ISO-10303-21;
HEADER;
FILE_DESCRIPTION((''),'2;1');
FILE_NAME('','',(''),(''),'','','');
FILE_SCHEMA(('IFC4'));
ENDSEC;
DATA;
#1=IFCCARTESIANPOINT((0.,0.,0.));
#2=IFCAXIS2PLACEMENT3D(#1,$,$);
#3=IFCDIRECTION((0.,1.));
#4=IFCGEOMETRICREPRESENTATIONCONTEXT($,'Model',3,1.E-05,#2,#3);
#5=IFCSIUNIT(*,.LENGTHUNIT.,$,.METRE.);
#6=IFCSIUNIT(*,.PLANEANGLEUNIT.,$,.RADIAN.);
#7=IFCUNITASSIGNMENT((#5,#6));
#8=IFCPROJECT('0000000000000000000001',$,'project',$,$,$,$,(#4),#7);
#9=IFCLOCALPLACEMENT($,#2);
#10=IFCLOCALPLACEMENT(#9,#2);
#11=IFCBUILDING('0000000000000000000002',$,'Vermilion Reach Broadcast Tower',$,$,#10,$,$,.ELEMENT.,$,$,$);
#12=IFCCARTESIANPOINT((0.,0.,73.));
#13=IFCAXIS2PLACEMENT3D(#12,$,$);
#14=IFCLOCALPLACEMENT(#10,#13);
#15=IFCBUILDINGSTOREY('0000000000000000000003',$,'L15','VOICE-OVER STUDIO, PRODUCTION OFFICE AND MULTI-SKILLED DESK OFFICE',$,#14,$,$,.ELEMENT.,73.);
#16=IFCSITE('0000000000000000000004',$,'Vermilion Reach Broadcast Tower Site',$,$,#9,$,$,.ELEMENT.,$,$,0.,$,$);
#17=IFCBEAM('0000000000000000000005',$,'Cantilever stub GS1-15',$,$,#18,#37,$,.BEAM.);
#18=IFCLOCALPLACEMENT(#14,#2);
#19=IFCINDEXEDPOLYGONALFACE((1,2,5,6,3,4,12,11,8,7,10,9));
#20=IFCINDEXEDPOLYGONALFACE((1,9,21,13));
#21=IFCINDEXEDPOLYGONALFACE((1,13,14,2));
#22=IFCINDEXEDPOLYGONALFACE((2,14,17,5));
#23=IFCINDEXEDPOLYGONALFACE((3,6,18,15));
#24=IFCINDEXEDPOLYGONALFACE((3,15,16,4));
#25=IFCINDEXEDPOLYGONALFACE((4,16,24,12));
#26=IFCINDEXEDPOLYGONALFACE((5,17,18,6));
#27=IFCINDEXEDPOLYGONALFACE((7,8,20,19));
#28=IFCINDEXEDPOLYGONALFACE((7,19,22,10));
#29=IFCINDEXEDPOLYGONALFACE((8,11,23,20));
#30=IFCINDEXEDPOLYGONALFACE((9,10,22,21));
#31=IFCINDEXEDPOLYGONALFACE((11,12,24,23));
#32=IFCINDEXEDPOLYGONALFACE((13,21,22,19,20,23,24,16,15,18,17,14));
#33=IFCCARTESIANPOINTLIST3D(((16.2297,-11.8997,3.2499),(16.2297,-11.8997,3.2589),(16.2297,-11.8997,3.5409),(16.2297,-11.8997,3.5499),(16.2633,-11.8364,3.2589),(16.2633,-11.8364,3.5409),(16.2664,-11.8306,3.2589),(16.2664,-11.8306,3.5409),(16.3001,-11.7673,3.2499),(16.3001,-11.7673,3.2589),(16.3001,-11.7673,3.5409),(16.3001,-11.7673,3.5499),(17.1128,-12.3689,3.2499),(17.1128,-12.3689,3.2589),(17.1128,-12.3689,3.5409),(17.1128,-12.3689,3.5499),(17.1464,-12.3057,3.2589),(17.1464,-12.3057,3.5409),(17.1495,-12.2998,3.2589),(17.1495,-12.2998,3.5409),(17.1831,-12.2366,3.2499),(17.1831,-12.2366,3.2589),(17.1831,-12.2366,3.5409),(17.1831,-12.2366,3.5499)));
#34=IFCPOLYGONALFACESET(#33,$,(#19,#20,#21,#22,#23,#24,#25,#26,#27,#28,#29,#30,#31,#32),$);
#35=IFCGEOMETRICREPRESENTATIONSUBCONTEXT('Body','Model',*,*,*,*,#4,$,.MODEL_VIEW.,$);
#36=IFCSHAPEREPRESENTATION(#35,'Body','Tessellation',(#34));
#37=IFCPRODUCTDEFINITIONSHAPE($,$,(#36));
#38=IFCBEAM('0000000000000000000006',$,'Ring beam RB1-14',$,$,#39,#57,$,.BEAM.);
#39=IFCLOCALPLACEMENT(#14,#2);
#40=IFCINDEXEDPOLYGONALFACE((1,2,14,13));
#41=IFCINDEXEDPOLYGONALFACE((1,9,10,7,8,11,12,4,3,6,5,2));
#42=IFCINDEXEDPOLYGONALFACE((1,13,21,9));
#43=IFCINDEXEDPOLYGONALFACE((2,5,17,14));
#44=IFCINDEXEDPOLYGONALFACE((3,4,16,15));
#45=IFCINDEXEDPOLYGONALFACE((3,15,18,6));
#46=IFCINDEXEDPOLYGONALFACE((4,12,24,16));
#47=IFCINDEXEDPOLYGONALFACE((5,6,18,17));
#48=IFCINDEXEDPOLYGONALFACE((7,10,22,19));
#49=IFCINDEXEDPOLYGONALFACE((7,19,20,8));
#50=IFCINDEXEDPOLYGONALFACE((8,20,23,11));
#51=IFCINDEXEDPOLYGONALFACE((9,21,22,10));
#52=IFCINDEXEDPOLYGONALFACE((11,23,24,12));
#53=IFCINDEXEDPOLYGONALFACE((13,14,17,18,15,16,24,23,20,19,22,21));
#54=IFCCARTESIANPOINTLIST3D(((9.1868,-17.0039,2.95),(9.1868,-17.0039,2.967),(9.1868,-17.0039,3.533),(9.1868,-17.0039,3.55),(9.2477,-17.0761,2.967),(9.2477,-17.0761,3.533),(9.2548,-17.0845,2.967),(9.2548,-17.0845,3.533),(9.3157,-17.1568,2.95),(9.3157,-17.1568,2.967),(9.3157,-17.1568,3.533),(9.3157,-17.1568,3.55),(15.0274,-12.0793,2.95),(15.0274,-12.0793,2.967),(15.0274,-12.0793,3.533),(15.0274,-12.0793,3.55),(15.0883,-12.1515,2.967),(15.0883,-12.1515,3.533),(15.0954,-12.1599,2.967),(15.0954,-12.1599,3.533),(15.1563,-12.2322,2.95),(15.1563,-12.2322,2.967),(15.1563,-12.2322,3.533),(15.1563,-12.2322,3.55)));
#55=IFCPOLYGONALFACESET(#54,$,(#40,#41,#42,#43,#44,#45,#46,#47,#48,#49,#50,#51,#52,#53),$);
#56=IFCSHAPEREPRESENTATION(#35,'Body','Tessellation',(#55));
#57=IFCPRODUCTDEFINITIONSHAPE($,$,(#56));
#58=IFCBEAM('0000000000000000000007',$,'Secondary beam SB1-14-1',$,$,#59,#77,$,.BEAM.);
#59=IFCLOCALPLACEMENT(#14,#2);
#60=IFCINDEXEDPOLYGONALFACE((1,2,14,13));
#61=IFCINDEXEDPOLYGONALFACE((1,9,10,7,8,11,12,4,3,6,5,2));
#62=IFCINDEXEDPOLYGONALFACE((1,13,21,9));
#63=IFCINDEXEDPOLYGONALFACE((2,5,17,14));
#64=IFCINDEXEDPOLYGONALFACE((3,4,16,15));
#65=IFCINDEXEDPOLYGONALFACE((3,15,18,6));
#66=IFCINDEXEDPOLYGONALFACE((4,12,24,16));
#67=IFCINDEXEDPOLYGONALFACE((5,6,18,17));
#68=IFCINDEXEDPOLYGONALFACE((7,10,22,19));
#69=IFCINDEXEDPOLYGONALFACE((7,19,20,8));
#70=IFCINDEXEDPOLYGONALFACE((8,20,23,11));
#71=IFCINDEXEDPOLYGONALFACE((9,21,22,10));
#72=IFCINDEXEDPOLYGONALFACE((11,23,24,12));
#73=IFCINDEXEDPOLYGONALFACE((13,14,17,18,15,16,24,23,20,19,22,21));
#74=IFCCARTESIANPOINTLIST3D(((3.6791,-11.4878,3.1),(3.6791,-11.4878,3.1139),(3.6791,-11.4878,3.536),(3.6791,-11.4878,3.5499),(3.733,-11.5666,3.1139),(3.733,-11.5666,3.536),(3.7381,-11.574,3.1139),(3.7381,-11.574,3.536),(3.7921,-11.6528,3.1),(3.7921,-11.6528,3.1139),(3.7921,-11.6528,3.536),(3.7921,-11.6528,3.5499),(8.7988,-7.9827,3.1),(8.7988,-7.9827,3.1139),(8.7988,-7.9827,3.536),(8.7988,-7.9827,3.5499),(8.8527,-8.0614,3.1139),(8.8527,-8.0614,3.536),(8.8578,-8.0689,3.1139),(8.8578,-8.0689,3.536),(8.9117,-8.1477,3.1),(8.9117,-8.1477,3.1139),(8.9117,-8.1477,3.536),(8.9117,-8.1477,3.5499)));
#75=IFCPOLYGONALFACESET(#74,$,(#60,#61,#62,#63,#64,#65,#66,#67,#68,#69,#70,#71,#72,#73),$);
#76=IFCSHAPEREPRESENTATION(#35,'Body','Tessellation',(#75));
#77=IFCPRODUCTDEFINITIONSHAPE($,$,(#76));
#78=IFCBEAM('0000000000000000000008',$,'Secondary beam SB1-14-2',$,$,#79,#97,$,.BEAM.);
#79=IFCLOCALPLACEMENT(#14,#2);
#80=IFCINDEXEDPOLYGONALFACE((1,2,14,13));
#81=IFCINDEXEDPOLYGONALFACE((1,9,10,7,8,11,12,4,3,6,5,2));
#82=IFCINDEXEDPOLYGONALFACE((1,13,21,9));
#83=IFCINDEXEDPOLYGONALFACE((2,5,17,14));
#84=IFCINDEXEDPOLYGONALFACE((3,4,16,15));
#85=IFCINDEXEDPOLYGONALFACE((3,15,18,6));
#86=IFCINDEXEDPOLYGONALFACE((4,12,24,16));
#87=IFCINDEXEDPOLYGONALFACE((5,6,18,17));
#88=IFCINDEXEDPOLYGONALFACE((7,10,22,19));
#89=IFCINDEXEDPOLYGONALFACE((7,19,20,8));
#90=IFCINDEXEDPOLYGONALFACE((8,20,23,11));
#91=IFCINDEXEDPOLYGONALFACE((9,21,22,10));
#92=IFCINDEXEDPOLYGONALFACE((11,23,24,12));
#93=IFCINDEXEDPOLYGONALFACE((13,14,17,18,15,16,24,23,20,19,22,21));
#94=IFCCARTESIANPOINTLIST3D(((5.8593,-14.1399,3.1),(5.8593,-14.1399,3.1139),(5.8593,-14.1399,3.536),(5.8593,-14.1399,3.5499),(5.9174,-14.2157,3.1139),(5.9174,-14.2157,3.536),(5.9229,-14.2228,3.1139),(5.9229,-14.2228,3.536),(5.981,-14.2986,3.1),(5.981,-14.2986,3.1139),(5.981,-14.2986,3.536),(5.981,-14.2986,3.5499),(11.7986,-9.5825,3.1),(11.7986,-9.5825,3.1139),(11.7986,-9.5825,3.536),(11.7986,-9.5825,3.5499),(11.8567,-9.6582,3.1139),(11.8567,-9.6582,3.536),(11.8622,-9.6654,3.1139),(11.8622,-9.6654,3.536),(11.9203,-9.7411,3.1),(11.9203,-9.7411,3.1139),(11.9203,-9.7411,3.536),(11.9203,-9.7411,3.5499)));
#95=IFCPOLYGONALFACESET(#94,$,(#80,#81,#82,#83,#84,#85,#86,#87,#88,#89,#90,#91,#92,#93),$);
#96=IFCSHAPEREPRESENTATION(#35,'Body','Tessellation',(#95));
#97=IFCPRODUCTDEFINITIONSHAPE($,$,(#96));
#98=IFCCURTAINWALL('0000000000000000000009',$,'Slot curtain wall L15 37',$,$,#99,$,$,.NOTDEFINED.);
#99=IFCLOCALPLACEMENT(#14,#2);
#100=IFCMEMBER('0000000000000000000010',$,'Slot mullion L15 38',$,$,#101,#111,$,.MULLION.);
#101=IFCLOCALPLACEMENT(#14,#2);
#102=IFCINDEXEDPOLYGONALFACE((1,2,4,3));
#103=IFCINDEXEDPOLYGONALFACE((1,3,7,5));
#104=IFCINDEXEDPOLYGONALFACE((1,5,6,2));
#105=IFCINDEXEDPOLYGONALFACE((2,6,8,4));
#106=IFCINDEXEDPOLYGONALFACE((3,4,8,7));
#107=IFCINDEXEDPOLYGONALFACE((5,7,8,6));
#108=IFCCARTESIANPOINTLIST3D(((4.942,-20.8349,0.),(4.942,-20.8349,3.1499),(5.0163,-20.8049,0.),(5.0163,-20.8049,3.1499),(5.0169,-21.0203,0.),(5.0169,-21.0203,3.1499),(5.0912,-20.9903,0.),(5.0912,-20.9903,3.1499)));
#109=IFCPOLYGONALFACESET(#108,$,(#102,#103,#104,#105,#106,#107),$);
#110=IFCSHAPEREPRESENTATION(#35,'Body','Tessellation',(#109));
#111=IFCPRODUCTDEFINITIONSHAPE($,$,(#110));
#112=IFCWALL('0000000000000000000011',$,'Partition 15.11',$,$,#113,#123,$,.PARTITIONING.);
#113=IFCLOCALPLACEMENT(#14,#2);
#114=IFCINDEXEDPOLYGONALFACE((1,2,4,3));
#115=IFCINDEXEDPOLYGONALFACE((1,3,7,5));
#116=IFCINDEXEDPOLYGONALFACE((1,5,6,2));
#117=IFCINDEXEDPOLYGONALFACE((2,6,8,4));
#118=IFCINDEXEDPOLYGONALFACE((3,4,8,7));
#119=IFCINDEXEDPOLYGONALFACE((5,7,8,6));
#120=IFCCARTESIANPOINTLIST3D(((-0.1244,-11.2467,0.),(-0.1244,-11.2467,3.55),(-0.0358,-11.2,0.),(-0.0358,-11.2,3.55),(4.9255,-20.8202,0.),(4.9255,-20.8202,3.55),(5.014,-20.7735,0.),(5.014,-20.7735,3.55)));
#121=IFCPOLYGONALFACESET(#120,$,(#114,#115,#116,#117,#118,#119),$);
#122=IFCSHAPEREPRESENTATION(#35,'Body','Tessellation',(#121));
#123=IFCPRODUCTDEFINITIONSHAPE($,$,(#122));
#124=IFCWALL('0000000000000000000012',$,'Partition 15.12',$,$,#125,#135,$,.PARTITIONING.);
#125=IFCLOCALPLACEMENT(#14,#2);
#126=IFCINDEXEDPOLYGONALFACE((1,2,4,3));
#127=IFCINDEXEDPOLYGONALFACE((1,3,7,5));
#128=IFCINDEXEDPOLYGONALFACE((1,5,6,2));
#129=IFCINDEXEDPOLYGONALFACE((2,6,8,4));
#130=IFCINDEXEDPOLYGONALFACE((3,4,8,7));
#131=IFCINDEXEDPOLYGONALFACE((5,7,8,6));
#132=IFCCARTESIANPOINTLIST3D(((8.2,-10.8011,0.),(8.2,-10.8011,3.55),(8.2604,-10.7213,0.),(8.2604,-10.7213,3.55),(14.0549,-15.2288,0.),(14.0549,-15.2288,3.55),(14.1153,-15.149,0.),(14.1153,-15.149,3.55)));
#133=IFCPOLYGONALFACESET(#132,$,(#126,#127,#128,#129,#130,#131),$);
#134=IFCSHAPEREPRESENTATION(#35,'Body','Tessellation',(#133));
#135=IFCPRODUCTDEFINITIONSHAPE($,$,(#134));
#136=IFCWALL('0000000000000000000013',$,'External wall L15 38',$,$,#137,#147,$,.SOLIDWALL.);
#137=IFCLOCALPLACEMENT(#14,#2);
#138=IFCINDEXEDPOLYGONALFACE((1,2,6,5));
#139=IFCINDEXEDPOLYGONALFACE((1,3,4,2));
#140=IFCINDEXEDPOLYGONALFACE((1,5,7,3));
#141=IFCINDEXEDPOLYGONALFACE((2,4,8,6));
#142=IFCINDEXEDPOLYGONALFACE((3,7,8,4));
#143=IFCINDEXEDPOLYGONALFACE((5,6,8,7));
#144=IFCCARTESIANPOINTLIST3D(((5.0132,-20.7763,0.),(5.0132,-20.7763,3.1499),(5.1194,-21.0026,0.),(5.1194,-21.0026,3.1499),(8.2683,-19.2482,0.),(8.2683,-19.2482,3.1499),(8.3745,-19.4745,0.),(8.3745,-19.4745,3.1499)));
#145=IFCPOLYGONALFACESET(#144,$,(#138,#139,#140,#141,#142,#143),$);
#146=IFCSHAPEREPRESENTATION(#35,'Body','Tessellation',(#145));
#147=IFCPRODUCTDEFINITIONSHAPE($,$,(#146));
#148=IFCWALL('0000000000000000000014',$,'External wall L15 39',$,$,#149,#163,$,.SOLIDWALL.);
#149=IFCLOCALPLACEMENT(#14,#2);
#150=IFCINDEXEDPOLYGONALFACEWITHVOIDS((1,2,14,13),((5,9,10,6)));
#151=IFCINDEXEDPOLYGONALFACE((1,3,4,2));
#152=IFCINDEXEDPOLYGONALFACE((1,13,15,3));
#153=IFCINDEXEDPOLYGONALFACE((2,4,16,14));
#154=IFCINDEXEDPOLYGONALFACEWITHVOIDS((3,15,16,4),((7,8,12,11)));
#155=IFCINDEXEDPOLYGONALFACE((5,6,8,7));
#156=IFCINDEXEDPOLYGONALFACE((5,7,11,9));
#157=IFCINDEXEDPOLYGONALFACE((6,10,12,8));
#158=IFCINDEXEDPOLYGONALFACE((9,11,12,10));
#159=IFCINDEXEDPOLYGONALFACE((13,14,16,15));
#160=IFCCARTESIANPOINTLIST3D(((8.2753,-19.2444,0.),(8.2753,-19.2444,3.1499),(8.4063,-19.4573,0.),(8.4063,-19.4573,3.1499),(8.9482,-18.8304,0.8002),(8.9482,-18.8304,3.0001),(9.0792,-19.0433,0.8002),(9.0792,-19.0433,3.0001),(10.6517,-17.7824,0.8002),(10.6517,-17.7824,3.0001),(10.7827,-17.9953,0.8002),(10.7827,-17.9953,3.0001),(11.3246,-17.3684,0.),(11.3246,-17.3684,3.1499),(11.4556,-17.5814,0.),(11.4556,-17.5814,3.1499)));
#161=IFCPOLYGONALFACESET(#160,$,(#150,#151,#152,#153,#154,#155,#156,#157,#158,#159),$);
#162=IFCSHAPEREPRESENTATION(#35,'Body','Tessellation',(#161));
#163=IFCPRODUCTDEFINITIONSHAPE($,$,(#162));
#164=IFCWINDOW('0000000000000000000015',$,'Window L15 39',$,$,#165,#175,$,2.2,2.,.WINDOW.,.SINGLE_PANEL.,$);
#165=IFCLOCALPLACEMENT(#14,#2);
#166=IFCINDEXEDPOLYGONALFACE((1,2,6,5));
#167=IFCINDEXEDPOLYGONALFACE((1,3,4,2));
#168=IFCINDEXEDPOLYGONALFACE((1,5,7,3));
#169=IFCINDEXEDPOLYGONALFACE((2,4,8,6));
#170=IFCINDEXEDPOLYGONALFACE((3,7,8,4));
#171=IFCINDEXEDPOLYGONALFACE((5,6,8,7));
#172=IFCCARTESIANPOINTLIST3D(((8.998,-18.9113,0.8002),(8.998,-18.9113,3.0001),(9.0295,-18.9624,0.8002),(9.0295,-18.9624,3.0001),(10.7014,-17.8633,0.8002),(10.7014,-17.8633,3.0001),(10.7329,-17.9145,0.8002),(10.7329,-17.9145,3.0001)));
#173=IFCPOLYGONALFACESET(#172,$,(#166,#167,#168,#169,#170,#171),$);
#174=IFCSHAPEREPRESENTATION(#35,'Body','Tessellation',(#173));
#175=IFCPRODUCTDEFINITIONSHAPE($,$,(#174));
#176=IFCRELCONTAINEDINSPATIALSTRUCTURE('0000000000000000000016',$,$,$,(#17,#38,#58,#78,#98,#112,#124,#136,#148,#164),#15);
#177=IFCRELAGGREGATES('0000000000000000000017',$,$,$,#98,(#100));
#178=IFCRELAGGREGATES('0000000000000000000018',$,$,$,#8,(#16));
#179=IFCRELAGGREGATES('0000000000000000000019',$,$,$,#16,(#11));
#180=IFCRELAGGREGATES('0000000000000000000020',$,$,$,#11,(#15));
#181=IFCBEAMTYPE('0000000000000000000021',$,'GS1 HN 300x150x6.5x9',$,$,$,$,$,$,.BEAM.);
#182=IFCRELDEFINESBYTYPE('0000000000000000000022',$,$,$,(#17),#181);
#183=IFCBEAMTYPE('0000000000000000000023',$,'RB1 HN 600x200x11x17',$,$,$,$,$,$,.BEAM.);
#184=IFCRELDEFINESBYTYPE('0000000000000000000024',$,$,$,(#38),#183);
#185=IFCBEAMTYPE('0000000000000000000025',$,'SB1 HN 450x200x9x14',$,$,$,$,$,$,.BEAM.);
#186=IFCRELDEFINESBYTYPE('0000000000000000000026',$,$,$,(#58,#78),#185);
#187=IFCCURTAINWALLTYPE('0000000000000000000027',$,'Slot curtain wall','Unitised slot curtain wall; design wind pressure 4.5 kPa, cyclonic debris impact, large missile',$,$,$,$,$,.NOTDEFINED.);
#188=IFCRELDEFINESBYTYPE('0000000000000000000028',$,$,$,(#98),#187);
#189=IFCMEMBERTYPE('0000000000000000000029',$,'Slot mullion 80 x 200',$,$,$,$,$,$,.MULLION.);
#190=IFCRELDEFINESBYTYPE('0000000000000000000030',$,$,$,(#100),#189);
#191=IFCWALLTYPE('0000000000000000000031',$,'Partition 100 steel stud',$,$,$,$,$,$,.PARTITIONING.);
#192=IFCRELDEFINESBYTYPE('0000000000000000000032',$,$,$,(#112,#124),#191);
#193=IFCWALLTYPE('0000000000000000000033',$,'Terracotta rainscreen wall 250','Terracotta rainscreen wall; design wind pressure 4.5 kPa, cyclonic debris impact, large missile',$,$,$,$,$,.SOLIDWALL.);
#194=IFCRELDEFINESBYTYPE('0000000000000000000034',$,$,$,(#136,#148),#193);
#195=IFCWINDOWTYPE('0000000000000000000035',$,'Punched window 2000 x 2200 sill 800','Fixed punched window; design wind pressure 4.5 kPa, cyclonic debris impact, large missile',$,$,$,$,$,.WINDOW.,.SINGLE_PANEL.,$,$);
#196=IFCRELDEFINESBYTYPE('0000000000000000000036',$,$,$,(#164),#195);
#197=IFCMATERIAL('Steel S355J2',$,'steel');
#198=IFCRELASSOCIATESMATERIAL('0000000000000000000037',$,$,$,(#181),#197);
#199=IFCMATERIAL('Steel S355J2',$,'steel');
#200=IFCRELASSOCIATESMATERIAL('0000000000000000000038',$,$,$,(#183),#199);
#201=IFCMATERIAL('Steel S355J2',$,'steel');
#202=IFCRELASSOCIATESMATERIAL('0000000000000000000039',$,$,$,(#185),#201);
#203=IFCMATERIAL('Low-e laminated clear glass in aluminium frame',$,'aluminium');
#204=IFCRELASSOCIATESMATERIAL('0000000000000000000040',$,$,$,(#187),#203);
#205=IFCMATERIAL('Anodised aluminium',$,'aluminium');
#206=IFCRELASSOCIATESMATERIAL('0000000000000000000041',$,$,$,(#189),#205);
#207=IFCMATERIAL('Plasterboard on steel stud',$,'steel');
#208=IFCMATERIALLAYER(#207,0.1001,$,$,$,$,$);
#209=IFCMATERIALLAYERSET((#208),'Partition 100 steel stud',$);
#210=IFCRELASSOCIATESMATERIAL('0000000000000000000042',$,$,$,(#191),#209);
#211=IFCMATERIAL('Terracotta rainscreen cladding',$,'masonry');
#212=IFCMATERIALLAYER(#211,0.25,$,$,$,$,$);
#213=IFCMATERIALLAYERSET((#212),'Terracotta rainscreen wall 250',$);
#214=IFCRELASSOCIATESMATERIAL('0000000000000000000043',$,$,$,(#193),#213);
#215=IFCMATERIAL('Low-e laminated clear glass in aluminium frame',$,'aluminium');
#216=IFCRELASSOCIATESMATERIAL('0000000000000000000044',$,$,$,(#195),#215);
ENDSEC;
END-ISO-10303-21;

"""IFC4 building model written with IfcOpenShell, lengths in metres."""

from ifc_helpers import new_model, si_unit, direction, frame, frame_2d, origin, origin_2d, place, context, subcontext, project, spatial, rectangle, i_section, extrude, material, layer, layer_set, material_profile, profile_set, type_object, element, fill, aggregate, save


model = new_model("IFC4")

# Units and contexts
model_context = context("Model", 3, precision=1e-05, world=origin(), true_north=direction((0.0, 1.0)))
body_context = subcontext(model_context, "Body", "Model", "MODEL_VIEW")
ifc_project = project(units=[si_unit("LENGTHUNIT", "METRE"), si_unit("PLANEANGLEUNIT", "RADIAN")], contexts=[model_context])

# Site, building, storey
site_placement = place(None, origin())
site = spatial("IfcSite", under=ifc_project, at=site_placement, Name="Vermilion Reach Broadcast Tower Site", CompositionType="ELEMENT", RefElevation=0.0)
building_placement = place(site_placement, origin())
building = spatial("IfcBuilding", under=site, at=building_placement, Name="Vermilion Reach Broadcast Tower", CompositionType="ELEMENT")
storey_placement = place(building_placement, frame((0.0, 0.0, 73.0)))
storey = spatial("IfcBuildingStorey", under=building, at=storey_placement, Name="L15", Description="VOICE-OVER STUDIO, PRODUCTION OFFICE AND MULTI-SKILLED DESK OFFICE", CompositionType="ELEMENT", Elevation=73.0)

# Beams
ifc_material_1 = material(Name="Steel S355J2", Category="steel")
ifc_material_profile_1 = material_profile(ifc_material_1, i_section(OverallWidth=0.1499, OverallDepth=0.3, WebThickness=0.0066, FlangeThickness=0.009, at=origin_2d()), Name="S355J2 HN 300x150x6.5x9")
ifc_profile_set_1 = profile_set([ifc_material_profile_1], Name="Steel S355J2")
beam_type_1 = type_object("IfcBeamType", Name="GS1 HN 300x150x6.5x9", PredefinedType="BEAM", material=ifc_profile_set_1)
beam_1_placement = place(storey_placement, frame((16.2649, -11.8335, 3.3999), z_axis=(0.883068, -0.469244, 0.0), x_axis=(0.469244, 0.883068, 0.0)))
element("IfcBeam", 1, at=beam_1_placement, inside=storey, type_object=beam_type_1, Name="Cantilever stub GS1-15", PredefinedType="BEAM", context=body_context, shape_type="SweptSolid", body=[
    extrude(i_section(OverallWidth=0.1499, OverallDepth=0.3, WebThickness=0.0066, FlangeThickness=0.009, at=origin_2d()), origin(), (0.0, 0.0, 1.0), 1.0),
])
ifc_material_2 = material(Name="Steel S355J2", Category="steel")
ifc_material_profile_2 = material_profile(ifc_material_2, i_section(OverallWidth=0.2, OverallDepth=0.6001, WebThickness=0.011, FlangeThickness=0.0171, at=origin_2d()), Name="S355J2 HN 600x200x11x17")
ifc_profile_set_2 = profile_set([ifc_material_profile_2], Name="Steel S355J2")
beam_type_2 = type_object("IfcBeamType", Name="RB1 HN 600x200x11x17", PredefinedType="BEAM", material=ifc_profile_set_2)
beam_2_placement = place(storey_placement, frame((9.2512, -17.0803, 3.25), z_axis=(0.764512, 0.644609, 0.0), x_axis=(-0.644609, 0.764512, 0.0)))
element("IfcBeam", 2, at=beam_2_placement, inside=storey, type_object=beam_type_2, Name="Ring beam RB1-14", PredefinedType="BEAM", context=body_context, shape_type="SweptSolid", body=[
    extrude(i_section(OverallWidth=0.2, OverallDepth=0.6001, WebThickness=0.011, FlangeThickness=0.0171, at=origin_2d()), origin(), (0.0, 0.0, 1.0), 7.6396),
])
ifc_material_3 = material(Name="Steel S355J2", Category="steel")
ifc_material_profile_3 = material_profile(ifc_material_3, i_section(OverallWidth=0.2, OverallDepth=0.45, WebThickness=0.009, FlangeThickness=0.0139, at=origin_2d()), Name="S355J2 HN 450x200x9x14")
ifc_profile_set_3 = profile_set([ifc_material_profile_3], Name="Steel S355J2")
beam_type_3 = type_object("IfcBeamType", Name="SB1 HN 450x200x9x14", PredefinedType="BEAM", material=ifc_profile_set_3)
beam_3_placement = place(storey_placement, frame((3.7356, -11.5703, 3.325), z_axis=(0.82514, 0.564928, 0.0), x_axis=(-0.564928, 0.82514, 0.0)))
element("IfcBeam", 3, at=beam_3_placement, inside=storey, type_object=beam_type_3, Name="Secondary beam SB1-14-1", PredefinedType="BEAM", context=body_context, shape_type="SweptSolid", body=[
    extrude(i_section(OverallWidth=0.2, OverallDepth=0.45, WebThickness=0.009, FlangeThickness=0.0139, at=origin_2d()), origin(), (0.0, 0.0, 1.0), 6.2046),
])
beam_4_placement = place(storey_placement, frame((5.9202, -14.2192, 3.325), z_axis=(0.79335, 0.608766, 0.0), x_axis=(-0.608766, 0.79335, 0.0)))
element("IfcBeam", 4, at=beam_4_placement, inside=storey, type_object=beam_type_3, Name="Secondary beam SB1-14-2", PredefinedType="BEAM", context=body_context, shape_type="SweptSolid", body=[
    extrude(i_section(OverallWidth=0.2, OverallDepth=0.45, WebThickness=0.009, FlangeThickness=0.0139, at=origin_2d()), origin(), (0.0, 0.0, 1.0), 7.4863),
])

# Curtain wall, member
ifc_material_4 = material(Name="Low-e laminated clear glass in aluminium frame", Category="aluminium")
curtain_wall_type = type_object("IfcCurtainWallType", Name="Slot curtain wall", Description="Unitised slot curtain wall; design wind pressure 4.5 kPa, cyclonic debris impact, large missile", PredefinedType="NOTDEFINED", material=ifc_material_4)
curtain_wall_placement = place(storey_placement, origin())
curtain_wall = element("IfcCurtainWall", 5, at=curtain_wall_placement, inside=storey, type_object=curtain_wall_type, Name="Slot curtain wall L15 37", PredefinedType="NOTDEFINED")
ifc_material_5 = material(Name="Anodised aluminium", Category="aluminium")
ifc_material_profile_4 = material_profile(ifc_material_5, rectangle(XDim=0.2, YDim=0.0801, at=origin_2d()), Name="Slot mullion 80 x 200")
ifc_profile_set_4 = profile_set([ifc_material_profile_4], Name="Anodised aluminium")
member_type = type_object("IfcMemberType", Name="Slot mullion 80 x 200", PredefinedType="MULLION", material=ifc_profile_set_4)
member_placement = place(storey_placement, frame((5.0166, -20.9126, 0.0), z_axis=(0.0, 0.0, 1.0), x_axis=(-0.374623, 0.927177, 0.0)))
member = element("IfcMember", 6, at=member_placement, type_object=member_type, Name="Slot mullion L15 38", PredefinedType="MULLION", context=body_context, shape_type="SweptSolid", body=[
    extrude(rectangle(XDim=0.2, YDim=0.0801, at=origin_2d()), origin(), (0.0, 0.0, 1.0), 3.1499),
])
aggregate(curtain_wall, [member])

# Walls
ifc_material_6 = material(Name="Plasterboard on steel stud", Category="steel")
ifc_layer_1 = layer(ifc_material_6, 0.1001)
ifc_layer_set_1 = layer_set([ifc_layer_1], Name="Partition 100 steel stud")
wall_type_1 = type_object("IfcWallType", Name="Partition 100 steel stud", PredefinedType="PARTITIONING", material=ifc_layer_set_1)
wall_1_placement = place(storey_placement, frame((4.9697, -20.7969, 0.0), z_axis=(0.0, 0.0, 1.0), x_axis=(-0.466551, 0.884494, 0.0)))
element("IfcWall", 7, at=wall_1_placement, inside=storey, type_object=wall_type_1, Name="Partition 15.11", PredefinedType="PARTITIONING", context=body_context, shape_type="SweptSolid", body=[
    extrude(rectangle(XDim=10.8237, YDim=0.1001, at=frame_2d((5.4119, 0.0))), origin(), (0.0, 0.0, 1.0), 3.55),
])
wall_2_placement = place(storey_placement, frame((14.0852, -15.189, 0.0), z_axis=(0.0, 0.0, 1.0), x_axis=(-0.797607, 0.603177, 0.0)))
element("IfcWall", 8, at=wall_2_placement, inside=storey, type_object=wall_type_1, Name="Partition 15.12", PredefinedType="PARTITIONING", context=body_context, shape_type="SweptSolid", body=[
    extrude(rectangle(XDim=7.3406, YDim=0.1001, at=frame_2d((3.6704, 0.0))), origin(), (0.0, 0.0, 1.0), 3.55),
])
ifc_material_7 = material(Name="Terracotta rainscreen cladding", Category="masonry")
ifc_layer_2 = layer(ifc_material_7, 0.25)
ifc_layer_set_2 = layer_set([ifc_layer_2], Name="Terracotta rainscreen wall 250")
wall_type_2 = type_object("IfcWallType", Name="Terracotta rainscreen wall 250", Description="Terracotta rainscreen wall; design wind pressure 4.5 kPa, cyclonic debris impact, large missile", PredefinedType="SOLIDWALL", material=ifc_layer_set_2)
wall_3_placement = place(storey_placement, frame((5.0664, -20.8894, 0.0), z_axis=(0.0, 0.0, 1.0), x_axis=(0.90522, 0.424943, 0.0)))
element("IfcWall", 9, at=wall_3_placement, inside=storey, type_object=wall_type_2, Name="External wall L15 38", PredefinedType="SOLIDWALL", context=body_context, shape_type="SweptSolid", body=[
    extrude(rectangle(XDim=3.5959, YDim=0.25, at=frame_2d((1.7979, 0.0))), origin(), (0.0, 0.0, 1.0), 3.1499),
])

# Wall, opening, window
wall_4_placement = place(storey_placement, frame((8.3408, -19.3508, 0.0), z_axis=(0.0, 0.0, 1.0), x_axis=(0.851724, 0.523991, 0.0)))
wall_4 = element("IfcWall", 10, at=wall_4_placement, inside=storey, type_object=wall_type_2, Name="External wall L15 39", PredefinedType="SOLIDWALL", context=body_context, shape_type="SweptSolid", body=[
    extrude(rectangle(XDim=3.5801, YDim=0.25, at=frame_2d((1.79, 0.0))), origin(), (0.0, 0.0, 1.0), 3.1499),
])
opening_1_placement = place(wall_4_placement, frame((0.79, 0.0, 0.8)))
opening_1 = element("IfcOpeningElement", 11, at=opening_1_placement, cuts=wall_4, PredefinedType="OPENING", context=body_context, shape_type="SweptSolid", body=[
    extrude(rectangle(XDim=2.0, YDim=2.2, at=frame_2d((1.0, 1.1001))), frame((0.0, 0.135, 0.0), z_axis=(0.0, -1.0, 0.0), x_axis=(1.0, 0.0, 0.0)), (0.0, 0.0, 1.0), 0.27),
])
ifc_material_8 = material(Name="Low-e laminated clear glass in aluminium frame", Category="aluminium")
window_type = type_object("IfcWindowType", Name="Punched window 2000 x 2200 sill 800", Description="Fixed punched window; design wind pressure 4.5 kPa, cyclonic debris impact, large missile", PartitioningType="SINGLE_PANEL", PredefinedType="WINDOW", material=ifc_material_8)
window_1_placement = place(opening_1_placement, origin())
window_1 = element("IfcWindow", 12, at=window_1_placement, inside=storey, type_object=window_type, Name="Window L15 39", OverallHeight=2.2, OverallWidth=2.0, PartitioningType="SINGLE_PANEL", PredefinedType="WINDOW", context=body_context, shape_type="SweptSolid", body=[
    extrude(rectangle(XDim=2.0, YDim=2.2, at=frame_2d((1.0, 1.1001))), frame((0.0, 0.03, 0.0), z_axis=(0.0, -1.0, 0.0), x_axis=(1.0, 0.0, 0.0)), (0.0, 0.0, 1.0), 0.0601),
])
fill(opening_1, window_1)

save(model, "model.ifc")
